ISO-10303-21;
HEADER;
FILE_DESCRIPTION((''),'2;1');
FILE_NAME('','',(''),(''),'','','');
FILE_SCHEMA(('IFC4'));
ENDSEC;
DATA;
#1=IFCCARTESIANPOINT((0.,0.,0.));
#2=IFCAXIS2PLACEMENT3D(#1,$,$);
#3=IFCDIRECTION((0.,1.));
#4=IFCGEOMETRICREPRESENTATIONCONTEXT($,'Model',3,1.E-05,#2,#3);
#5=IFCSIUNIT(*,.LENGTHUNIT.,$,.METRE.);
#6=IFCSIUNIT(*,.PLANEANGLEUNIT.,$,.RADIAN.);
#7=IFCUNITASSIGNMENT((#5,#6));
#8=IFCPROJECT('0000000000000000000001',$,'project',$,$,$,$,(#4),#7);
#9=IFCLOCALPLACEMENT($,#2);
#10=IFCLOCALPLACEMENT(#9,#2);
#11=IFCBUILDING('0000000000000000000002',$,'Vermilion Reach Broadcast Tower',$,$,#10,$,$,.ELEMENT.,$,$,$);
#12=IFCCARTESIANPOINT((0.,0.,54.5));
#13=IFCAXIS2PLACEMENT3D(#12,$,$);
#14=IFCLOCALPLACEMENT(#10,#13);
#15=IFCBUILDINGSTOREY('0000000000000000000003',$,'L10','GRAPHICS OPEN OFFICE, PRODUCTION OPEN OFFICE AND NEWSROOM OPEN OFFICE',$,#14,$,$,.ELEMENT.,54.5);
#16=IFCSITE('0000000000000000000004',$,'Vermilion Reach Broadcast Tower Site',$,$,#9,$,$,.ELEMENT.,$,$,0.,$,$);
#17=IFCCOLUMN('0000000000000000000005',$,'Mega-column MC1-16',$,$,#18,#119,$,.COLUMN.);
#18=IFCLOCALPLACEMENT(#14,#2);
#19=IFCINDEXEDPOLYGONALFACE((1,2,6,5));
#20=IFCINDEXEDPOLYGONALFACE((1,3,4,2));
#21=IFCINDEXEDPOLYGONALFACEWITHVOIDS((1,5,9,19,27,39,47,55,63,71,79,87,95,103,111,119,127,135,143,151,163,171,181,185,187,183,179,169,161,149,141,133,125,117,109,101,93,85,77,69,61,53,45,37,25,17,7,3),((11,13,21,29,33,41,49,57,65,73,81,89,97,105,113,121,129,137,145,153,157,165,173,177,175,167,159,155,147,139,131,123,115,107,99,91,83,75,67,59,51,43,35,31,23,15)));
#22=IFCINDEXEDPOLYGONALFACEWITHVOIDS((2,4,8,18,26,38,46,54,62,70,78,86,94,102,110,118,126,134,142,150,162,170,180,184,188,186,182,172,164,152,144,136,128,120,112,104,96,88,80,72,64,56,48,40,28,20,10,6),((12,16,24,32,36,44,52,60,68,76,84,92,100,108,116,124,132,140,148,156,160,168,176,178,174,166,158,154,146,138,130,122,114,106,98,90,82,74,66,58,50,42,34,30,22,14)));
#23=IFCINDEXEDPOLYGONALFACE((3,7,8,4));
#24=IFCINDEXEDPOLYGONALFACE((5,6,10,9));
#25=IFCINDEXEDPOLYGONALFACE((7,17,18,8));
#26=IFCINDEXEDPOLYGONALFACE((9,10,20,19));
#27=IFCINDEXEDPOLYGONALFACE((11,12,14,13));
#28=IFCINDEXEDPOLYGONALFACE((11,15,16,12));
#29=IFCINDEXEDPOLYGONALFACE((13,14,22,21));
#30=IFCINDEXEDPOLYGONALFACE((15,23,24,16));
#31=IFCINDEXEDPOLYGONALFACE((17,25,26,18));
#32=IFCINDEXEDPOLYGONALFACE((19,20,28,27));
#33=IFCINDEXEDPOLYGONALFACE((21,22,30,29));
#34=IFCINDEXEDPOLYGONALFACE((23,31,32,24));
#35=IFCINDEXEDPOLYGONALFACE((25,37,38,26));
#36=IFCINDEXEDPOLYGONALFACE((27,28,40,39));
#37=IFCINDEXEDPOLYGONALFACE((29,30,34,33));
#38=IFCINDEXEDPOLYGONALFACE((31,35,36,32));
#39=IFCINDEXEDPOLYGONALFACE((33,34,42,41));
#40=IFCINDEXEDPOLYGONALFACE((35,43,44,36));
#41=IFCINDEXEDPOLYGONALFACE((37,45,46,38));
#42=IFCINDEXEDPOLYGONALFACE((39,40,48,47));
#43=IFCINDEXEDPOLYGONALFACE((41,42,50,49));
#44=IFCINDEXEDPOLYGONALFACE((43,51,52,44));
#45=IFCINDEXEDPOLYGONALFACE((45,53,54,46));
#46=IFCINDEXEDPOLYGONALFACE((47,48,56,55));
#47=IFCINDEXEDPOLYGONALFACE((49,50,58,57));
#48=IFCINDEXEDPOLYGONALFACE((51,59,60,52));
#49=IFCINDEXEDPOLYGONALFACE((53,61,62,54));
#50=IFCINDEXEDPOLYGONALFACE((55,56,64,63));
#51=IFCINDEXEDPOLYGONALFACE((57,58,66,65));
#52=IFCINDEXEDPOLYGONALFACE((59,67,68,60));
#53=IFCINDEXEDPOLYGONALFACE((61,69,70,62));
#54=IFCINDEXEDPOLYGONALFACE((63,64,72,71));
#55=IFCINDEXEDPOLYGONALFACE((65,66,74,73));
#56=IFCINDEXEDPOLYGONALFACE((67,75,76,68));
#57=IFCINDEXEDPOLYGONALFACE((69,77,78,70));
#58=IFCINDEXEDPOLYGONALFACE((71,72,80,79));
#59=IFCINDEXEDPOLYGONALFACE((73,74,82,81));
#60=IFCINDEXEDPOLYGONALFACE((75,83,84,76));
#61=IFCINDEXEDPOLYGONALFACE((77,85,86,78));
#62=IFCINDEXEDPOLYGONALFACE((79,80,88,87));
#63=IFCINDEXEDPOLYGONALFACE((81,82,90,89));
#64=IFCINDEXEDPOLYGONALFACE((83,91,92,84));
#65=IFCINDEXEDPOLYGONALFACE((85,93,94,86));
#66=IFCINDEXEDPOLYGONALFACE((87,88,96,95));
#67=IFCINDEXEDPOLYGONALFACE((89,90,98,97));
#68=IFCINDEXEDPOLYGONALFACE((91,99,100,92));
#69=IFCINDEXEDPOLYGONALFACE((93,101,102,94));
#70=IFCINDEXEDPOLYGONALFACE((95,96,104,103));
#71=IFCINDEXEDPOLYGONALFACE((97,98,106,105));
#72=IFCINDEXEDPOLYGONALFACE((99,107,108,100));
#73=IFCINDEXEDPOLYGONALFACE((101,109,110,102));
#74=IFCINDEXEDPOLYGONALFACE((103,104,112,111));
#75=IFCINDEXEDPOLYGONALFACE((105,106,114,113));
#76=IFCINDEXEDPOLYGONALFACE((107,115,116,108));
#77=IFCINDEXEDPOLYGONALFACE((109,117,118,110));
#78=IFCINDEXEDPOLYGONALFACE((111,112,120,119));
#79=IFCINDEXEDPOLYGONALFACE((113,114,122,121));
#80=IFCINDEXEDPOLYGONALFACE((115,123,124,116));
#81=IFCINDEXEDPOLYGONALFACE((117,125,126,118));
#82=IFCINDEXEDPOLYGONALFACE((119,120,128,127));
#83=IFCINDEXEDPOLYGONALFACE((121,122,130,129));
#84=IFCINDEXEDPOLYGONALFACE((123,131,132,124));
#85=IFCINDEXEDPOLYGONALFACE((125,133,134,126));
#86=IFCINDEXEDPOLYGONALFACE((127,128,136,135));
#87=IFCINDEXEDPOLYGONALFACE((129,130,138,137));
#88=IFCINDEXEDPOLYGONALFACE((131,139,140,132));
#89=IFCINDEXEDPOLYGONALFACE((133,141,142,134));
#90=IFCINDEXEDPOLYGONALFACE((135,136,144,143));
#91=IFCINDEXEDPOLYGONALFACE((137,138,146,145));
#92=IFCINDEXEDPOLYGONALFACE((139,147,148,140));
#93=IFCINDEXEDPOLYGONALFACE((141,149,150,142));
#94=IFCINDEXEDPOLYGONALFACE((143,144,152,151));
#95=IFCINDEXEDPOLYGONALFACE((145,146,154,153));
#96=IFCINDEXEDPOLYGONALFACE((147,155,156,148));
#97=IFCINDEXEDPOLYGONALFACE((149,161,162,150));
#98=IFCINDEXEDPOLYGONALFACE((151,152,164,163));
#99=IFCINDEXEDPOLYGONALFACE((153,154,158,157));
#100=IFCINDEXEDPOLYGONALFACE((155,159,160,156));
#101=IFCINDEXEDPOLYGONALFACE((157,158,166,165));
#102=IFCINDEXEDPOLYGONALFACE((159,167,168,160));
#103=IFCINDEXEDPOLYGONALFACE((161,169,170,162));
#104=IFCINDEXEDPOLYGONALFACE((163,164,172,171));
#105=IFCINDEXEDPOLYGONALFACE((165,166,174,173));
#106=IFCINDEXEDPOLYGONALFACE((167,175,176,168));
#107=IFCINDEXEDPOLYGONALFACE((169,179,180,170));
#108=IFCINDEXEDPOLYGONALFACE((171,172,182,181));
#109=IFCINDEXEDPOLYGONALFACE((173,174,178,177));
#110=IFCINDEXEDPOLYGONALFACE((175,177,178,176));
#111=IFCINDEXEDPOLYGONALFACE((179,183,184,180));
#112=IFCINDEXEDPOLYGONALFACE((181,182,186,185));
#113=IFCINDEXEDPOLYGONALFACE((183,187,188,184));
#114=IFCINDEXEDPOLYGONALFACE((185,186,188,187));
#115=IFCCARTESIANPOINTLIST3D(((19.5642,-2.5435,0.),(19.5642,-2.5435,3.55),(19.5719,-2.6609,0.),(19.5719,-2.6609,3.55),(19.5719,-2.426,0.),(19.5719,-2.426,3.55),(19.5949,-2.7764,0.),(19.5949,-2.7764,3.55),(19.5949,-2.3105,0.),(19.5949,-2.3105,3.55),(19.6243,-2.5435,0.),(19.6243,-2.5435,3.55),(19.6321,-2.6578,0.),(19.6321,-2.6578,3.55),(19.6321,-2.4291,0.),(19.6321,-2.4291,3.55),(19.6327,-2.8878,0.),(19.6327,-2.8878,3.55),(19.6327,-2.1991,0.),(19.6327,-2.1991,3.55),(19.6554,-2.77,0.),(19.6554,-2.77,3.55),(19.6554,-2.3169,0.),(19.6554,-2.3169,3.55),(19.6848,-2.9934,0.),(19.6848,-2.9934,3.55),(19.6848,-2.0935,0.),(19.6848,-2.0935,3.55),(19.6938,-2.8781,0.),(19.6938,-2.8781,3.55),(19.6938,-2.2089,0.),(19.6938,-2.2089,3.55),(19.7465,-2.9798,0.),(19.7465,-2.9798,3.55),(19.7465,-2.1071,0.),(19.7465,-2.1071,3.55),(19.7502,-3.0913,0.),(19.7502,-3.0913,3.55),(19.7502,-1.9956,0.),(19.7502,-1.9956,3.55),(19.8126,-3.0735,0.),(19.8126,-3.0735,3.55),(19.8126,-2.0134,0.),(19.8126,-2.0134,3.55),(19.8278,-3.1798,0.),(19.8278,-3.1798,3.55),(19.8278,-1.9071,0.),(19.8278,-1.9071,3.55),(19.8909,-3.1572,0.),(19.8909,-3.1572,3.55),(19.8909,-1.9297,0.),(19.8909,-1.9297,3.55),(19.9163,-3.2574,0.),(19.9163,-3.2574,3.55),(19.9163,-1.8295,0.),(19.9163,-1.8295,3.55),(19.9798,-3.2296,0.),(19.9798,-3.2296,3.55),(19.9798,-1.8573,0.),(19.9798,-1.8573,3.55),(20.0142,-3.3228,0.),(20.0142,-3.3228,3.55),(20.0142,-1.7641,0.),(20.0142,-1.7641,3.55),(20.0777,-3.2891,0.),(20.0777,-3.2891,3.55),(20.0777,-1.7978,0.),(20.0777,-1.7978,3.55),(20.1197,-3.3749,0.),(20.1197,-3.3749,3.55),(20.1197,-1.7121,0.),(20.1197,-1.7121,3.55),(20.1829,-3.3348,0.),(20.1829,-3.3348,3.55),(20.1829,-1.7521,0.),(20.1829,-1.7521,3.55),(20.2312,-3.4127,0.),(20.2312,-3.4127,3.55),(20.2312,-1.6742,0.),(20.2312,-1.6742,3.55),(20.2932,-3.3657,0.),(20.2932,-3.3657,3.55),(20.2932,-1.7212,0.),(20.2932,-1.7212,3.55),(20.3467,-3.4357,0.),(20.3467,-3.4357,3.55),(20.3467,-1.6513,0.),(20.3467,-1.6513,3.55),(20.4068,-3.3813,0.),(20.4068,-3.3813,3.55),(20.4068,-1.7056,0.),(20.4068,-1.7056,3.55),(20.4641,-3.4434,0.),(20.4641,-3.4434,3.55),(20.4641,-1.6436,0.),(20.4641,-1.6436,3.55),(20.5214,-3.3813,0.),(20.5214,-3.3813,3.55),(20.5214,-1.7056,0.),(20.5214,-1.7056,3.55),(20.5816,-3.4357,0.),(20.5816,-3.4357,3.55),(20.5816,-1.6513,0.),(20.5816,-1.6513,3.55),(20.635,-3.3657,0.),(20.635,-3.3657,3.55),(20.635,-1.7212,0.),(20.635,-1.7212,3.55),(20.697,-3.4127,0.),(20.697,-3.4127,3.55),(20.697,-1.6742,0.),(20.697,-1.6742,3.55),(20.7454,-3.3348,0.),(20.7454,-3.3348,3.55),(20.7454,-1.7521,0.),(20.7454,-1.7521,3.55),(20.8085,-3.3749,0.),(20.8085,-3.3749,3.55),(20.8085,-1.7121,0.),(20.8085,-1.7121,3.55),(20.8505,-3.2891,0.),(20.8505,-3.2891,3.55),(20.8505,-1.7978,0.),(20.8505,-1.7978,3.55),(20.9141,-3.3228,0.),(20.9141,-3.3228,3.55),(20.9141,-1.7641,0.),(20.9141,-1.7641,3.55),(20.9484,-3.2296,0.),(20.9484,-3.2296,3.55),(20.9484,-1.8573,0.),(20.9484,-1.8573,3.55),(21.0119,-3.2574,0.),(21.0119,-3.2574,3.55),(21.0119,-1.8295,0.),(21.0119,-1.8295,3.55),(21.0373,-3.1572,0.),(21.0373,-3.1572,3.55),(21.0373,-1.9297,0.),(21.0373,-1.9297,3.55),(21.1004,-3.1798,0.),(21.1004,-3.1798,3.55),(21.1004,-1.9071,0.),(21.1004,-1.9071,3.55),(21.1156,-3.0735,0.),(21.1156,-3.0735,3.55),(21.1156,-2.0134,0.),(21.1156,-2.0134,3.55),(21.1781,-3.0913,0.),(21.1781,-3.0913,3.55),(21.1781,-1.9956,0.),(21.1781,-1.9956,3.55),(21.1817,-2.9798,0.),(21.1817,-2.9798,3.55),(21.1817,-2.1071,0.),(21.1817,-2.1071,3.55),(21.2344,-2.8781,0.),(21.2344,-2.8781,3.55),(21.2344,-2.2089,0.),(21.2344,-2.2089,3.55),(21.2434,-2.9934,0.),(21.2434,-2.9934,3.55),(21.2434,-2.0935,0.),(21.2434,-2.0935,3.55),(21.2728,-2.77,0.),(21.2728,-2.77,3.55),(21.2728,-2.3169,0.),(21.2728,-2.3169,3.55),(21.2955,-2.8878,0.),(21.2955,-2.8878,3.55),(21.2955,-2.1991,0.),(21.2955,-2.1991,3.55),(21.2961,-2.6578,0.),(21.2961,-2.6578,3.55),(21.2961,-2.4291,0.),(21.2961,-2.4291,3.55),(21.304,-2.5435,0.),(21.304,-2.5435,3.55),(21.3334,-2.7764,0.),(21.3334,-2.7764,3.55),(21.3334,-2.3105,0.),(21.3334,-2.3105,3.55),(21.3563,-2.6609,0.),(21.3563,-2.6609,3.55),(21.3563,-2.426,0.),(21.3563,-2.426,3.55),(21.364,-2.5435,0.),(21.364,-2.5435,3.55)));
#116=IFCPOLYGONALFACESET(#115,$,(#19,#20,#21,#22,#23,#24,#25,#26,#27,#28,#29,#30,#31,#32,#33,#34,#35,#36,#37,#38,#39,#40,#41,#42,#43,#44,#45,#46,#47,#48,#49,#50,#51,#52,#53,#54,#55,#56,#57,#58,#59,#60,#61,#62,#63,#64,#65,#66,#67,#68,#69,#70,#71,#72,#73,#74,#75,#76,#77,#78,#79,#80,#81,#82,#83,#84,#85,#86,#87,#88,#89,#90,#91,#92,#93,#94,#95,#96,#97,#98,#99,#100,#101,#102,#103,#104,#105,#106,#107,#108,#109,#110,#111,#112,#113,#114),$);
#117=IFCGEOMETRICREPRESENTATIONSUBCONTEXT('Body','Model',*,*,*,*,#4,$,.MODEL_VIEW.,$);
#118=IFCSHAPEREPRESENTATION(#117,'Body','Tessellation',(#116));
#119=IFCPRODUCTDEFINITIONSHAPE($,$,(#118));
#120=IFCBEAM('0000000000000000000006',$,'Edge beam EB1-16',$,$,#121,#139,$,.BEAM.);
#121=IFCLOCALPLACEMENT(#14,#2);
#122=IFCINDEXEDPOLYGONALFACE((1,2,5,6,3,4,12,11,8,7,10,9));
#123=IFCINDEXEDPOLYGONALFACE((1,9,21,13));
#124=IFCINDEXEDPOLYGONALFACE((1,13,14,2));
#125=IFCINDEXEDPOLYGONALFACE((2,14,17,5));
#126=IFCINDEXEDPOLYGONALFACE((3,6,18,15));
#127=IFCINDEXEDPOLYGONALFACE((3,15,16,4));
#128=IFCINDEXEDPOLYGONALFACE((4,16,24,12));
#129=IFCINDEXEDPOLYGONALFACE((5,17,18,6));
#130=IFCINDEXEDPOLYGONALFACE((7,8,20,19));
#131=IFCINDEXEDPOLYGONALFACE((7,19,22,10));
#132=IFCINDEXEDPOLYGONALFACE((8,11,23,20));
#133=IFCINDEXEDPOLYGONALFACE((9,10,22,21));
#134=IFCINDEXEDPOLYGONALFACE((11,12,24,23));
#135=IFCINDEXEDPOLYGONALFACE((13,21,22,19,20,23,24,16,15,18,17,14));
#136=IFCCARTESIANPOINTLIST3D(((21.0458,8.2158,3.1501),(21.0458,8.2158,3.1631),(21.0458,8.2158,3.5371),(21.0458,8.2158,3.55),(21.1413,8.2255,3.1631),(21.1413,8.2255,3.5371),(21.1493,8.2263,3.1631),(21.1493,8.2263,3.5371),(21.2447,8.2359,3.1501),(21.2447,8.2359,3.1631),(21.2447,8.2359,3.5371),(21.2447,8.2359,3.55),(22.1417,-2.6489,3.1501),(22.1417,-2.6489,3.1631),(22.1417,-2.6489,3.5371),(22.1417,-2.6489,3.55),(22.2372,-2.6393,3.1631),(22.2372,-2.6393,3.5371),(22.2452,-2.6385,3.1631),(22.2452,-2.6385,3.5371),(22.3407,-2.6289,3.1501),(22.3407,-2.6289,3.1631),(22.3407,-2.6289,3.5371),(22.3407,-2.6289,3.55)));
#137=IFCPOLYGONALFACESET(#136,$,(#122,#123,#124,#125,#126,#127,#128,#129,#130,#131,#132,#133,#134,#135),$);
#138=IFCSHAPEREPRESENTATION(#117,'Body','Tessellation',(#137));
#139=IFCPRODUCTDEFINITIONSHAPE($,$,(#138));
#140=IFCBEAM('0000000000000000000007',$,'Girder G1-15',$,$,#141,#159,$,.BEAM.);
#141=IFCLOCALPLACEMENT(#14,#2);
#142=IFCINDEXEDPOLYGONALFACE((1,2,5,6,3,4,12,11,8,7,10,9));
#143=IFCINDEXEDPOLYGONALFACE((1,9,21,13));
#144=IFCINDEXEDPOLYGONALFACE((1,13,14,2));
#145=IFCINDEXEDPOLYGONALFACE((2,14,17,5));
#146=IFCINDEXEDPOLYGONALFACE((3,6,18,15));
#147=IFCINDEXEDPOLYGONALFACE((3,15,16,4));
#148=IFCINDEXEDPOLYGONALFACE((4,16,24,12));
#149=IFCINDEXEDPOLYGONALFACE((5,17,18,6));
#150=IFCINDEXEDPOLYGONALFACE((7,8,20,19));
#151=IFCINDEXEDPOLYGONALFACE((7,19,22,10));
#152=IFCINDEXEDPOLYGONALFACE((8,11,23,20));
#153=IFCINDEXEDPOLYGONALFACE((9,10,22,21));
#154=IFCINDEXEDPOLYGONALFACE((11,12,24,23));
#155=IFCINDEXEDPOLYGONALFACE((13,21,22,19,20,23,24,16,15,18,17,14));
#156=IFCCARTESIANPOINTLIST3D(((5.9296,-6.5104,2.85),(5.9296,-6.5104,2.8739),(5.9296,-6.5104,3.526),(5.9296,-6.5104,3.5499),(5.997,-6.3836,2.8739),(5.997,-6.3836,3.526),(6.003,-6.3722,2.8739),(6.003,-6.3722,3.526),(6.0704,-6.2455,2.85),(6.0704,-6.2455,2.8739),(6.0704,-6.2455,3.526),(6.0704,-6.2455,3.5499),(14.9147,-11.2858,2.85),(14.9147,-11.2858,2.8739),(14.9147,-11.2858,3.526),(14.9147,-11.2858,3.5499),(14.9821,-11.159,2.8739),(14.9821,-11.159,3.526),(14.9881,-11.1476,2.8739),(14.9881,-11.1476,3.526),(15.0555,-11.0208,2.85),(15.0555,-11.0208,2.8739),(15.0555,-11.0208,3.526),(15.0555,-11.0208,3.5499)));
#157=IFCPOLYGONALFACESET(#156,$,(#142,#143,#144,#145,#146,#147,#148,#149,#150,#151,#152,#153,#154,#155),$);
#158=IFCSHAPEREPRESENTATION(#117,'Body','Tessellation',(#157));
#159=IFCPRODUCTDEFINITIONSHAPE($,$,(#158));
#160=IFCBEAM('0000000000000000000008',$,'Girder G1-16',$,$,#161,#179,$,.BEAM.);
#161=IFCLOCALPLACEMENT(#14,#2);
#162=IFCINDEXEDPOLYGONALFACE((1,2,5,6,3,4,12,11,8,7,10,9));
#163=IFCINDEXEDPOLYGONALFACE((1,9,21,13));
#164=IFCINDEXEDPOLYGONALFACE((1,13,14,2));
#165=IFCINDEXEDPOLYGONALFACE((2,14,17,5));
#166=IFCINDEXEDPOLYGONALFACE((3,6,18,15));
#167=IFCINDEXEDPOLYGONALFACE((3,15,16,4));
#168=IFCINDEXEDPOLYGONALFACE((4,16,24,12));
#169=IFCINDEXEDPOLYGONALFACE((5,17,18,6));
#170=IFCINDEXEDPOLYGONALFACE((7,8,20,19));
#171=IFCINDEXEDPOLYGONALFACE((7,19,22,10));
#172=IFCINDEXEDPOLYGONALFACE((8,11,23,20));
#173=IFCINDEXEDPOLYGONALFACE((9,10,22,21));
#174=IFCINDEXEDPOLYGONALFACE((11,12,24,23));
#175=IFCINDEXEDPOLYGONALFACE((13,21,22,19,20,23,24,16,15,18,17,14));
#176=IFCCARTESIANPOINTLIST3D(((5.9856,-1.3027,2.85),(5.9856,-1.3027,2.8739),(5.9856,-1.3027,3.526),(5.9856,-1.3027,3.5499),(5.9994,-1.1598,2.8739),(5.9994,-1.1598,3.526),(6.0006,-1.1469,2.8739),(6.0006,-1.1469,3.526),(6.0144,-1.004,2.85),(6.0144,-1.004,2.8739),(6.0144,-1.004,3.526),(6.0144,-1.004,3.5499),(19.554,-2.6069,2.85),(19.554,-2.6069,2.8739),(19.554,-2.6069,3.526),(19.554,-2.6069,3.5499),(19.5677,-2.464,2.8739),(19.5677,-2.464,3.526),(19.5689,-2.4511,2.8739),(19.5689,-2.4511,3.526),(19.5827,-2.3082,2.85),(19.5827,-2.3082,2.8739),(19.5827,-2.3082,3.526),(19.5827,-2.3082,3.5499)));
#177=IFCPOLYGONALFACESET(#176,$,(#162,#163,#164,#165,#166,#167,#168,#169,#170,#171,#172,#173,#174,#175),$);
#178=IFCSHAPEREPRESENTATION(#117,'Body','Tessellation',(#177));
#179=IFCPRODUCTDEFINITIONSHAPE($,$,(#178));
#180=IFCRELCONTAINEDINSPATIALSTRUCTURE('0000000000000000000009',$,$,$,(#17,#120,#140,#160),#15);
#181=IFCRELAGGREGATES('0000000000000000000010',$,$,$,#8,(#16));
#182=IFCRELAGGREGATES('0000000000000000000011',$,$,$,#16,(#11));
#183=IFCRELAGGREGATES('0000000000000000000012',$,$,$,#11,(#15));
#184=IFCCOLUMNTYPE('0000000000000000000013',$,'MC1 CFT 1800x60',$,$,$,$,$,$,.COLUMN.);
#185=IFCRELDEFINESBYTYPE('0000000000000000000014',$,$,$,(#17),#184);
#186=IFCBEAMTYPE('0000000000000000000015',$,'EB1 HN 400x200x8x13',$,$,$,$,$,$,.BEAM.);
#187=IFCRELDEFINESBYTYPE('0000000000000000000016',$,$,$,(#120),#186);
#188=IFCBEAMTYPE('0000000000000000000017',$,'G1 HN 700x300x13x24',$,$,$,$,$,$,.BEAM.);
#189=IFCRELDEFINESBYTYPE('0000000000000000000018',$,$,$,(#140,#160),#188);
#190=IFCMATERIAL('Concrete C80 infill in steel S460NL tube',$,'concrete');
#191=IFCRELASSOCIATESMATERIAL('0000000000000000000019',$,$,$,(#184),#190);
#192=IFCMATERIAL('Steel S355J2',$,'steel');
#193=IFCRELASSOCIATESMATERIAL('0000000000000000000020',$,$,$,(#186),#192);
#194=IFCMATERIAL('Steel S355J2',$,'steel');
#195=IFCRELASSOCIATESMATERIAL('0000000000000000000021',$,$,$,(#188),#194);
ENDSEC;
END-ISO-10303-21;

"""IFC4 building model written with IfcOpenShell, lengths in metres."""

from ifc_helpers import new_model, si_unit, direction, frame, origin, origin_2d, place, context, subcontext, project, spatial, hollow_circle, i_section, extrude, material, material_profile, profile_set, type_object, element, save


model = new_model("IFC4")

# Units and contexts
model_context = context("Model", 3, precision=1e-05, world=origin(), true_north=direction((0.0, 1.0)))
body_context = subcontext(model_context, "Body", "Model", "MODEL_VIEW")
ifc_project = project(units=[si_unit("LENGTHUNIT", "METRE"), si_unit("PLANEANGLEUNIT", "RADIAN")], contexts=[model_context])

# Site, building, storey
site_placement = place(None, origin())
site = spatial("IfcSite", under=ifc_project, at=site_placement, Name="Vermilion Reach Broadcast Tower Site", CompositionType="ELEMENT", RefElevation=0.0)
building_placement = place(site_placement, origin())
building = spatial("IfcBuilding", under=site, at=building_placement, Name="Vermilion Reach Broadcast Tower", CompositionType="ELEMENT")
storey_placement = place(building_placement, frame((0.0, 0.0, 54.5)))
storey = spatial("IfcBuildingStorey", under=building, at=storey_placement, Name="L10", Description="GRAPHICS OPEN OFFICE, PRODUCTION OPEN OFFICE AND NEWSROOM OPEN OFFICE", CompositionType="ELEMENT", Elevation=54.5)

# Column
ifc_material_1 = material(Name="Concrete C80 infill in steel S460NL tube", Category="concrete")
ifc_material_profile_1 = material_profile(ifc_material_1, hollow_circle(Radius=0.8999, WallThickness=0.0601, at=origin_2d()), Name="Concrete C80 infill in steel S460NL tube CFT 1800x60")
ifc_profile_set_1 = profile_set([ifc_material_profile_1], Name="Concrete C80 infill in steel S460NL tube")
column_type = type_object("IfcColumnType", Name="MC1 CFT 1800x60", PredefinedType="COLUMN", material=ifc_profile_set_1)
column_placement = place(storey_placement, frame((20.4641, -2.5435, 0.0), z_axis=(0.0, 0.0, 1.0), x_axis=(1.0, 0.0, 0.0)))
element("IfcColumn", 1, at=column_placement, inside=storey, type_object=column_type, Name="Mega-column MC1-16", PredefinedType="COLUMN", context=body_context, shape_type="SweptSolid", body=[
    extrude(hollow_circle(Radius=0.8999, WallThickness=0.0601, at=origin_2d()), origin(), (0.0, 0.0, 1.0), 3.55),
])

# Beams
ifc_material_2 = material(Name="Steel S355J2", Category="steel")
ifc_material_profile_2 = material_profile(ifc_material_2, i_section(OverallWidth=0.2, OverallDepth=0.3999, WebThickness=0.0081, FlangeThickness=0.0129, at=origin_2d()), Name="S355J2 HN 400x200x8x13")
ifc_profile_set_2 = profile_set([ifc_material_profile_2], Name="Steel S355J2")
beam_type_1 = type_object("IfcBeamType", Name="EB1 HN 400x200x8x13", PredefinedType="BEAM", material=ifc_profile_set_2)
beam_1_placement = place(storey_placement, frame((22.2412, -2.6389, 3.3501), z_axis=(-0.100363, 0.994951, 0.0), x_axis=(-0.994951, -0.100363, 0.0)))
element("IfcBeam", 2, at=beam_1_placement, inside=storey, type_object=beam_type_1, Name="Edge beam EB1-16", PredefinedType="BEAM", context=body_context, shape_type="SweptSolid", body=[
    extrude(i_section(OverallWidth=0.2, OverallDepth=0.3999, WebThickness=0.0081, FlangeThickness=0.0129, at=origin_2d()), origin(), (0.0, 0.0, 1.0), 10.9199),
])
ifc_material_3 = material(Name="Steel S355J2", Category="steel")
ifc_material_profile_3 = material_profile(ifc_material_3, i_section(OverallWidth=0.3, OverallDepth=0.7, WebThickness=0.0129, FlangeThickness=0.0239, at=origin_2d()), Name="S355J2 HN 700x300x13x24")
ifc_profile_set_3 = profile_set([ifc_material_profile_3], Name="Steel S355J2")
beam_type_2 = type_object("IfcBeamType", Name="G1 HN 700x300x13x24", PredefinedType="BEAM", material=ifc_profile_set_3)
beam_2_placement = place(storey_placement, frame((6.0, -6.3779, 3.2), z_axis=(0.883032, -0.469313, 0.0), x_axis=(0.469313, 0.883032, 0.0)))
element("IfcBeam", 3, at=beam_2_placement, inside=storey, type_object=beam_type_2, Name="Girder G1-15", PredefinedType="BEAM", context=body_context, shape_type="SweptSolid", body=[
    extrude(i_section(OverallWidth=0.3, OverallDepth=0.7, WebThickness=0.0129, FlangeThickness=0.0239, at=origin_2d()), origin(), (0.0, 0.0, 1.0), 10.1753),
])
beam_3_placement = place(storey_placement, frame((6.0, -1.1533, 3.2), z_axis=(0.995412, -0.09568, 0.0), x_axis=(0.09568, 0.995412, 0.0)))
element("IfcBeam", 4, at=beam_3_placement, inside=storey, type_object=beam_type_2, Name="Girder G1-16", PredefinedType="BEAM", context=body_context, shape_type="SweptSolid", body=[
    extrude(i_section(OverallWidth=0.3, OverallDepth=0.7, WebThickness=0.0129, FlangeThickness=0.0239, at=origin_2d()), origin(), (0.0, 0.0, 1.0), 13.6309),
])

save(model, "model.ifc")
